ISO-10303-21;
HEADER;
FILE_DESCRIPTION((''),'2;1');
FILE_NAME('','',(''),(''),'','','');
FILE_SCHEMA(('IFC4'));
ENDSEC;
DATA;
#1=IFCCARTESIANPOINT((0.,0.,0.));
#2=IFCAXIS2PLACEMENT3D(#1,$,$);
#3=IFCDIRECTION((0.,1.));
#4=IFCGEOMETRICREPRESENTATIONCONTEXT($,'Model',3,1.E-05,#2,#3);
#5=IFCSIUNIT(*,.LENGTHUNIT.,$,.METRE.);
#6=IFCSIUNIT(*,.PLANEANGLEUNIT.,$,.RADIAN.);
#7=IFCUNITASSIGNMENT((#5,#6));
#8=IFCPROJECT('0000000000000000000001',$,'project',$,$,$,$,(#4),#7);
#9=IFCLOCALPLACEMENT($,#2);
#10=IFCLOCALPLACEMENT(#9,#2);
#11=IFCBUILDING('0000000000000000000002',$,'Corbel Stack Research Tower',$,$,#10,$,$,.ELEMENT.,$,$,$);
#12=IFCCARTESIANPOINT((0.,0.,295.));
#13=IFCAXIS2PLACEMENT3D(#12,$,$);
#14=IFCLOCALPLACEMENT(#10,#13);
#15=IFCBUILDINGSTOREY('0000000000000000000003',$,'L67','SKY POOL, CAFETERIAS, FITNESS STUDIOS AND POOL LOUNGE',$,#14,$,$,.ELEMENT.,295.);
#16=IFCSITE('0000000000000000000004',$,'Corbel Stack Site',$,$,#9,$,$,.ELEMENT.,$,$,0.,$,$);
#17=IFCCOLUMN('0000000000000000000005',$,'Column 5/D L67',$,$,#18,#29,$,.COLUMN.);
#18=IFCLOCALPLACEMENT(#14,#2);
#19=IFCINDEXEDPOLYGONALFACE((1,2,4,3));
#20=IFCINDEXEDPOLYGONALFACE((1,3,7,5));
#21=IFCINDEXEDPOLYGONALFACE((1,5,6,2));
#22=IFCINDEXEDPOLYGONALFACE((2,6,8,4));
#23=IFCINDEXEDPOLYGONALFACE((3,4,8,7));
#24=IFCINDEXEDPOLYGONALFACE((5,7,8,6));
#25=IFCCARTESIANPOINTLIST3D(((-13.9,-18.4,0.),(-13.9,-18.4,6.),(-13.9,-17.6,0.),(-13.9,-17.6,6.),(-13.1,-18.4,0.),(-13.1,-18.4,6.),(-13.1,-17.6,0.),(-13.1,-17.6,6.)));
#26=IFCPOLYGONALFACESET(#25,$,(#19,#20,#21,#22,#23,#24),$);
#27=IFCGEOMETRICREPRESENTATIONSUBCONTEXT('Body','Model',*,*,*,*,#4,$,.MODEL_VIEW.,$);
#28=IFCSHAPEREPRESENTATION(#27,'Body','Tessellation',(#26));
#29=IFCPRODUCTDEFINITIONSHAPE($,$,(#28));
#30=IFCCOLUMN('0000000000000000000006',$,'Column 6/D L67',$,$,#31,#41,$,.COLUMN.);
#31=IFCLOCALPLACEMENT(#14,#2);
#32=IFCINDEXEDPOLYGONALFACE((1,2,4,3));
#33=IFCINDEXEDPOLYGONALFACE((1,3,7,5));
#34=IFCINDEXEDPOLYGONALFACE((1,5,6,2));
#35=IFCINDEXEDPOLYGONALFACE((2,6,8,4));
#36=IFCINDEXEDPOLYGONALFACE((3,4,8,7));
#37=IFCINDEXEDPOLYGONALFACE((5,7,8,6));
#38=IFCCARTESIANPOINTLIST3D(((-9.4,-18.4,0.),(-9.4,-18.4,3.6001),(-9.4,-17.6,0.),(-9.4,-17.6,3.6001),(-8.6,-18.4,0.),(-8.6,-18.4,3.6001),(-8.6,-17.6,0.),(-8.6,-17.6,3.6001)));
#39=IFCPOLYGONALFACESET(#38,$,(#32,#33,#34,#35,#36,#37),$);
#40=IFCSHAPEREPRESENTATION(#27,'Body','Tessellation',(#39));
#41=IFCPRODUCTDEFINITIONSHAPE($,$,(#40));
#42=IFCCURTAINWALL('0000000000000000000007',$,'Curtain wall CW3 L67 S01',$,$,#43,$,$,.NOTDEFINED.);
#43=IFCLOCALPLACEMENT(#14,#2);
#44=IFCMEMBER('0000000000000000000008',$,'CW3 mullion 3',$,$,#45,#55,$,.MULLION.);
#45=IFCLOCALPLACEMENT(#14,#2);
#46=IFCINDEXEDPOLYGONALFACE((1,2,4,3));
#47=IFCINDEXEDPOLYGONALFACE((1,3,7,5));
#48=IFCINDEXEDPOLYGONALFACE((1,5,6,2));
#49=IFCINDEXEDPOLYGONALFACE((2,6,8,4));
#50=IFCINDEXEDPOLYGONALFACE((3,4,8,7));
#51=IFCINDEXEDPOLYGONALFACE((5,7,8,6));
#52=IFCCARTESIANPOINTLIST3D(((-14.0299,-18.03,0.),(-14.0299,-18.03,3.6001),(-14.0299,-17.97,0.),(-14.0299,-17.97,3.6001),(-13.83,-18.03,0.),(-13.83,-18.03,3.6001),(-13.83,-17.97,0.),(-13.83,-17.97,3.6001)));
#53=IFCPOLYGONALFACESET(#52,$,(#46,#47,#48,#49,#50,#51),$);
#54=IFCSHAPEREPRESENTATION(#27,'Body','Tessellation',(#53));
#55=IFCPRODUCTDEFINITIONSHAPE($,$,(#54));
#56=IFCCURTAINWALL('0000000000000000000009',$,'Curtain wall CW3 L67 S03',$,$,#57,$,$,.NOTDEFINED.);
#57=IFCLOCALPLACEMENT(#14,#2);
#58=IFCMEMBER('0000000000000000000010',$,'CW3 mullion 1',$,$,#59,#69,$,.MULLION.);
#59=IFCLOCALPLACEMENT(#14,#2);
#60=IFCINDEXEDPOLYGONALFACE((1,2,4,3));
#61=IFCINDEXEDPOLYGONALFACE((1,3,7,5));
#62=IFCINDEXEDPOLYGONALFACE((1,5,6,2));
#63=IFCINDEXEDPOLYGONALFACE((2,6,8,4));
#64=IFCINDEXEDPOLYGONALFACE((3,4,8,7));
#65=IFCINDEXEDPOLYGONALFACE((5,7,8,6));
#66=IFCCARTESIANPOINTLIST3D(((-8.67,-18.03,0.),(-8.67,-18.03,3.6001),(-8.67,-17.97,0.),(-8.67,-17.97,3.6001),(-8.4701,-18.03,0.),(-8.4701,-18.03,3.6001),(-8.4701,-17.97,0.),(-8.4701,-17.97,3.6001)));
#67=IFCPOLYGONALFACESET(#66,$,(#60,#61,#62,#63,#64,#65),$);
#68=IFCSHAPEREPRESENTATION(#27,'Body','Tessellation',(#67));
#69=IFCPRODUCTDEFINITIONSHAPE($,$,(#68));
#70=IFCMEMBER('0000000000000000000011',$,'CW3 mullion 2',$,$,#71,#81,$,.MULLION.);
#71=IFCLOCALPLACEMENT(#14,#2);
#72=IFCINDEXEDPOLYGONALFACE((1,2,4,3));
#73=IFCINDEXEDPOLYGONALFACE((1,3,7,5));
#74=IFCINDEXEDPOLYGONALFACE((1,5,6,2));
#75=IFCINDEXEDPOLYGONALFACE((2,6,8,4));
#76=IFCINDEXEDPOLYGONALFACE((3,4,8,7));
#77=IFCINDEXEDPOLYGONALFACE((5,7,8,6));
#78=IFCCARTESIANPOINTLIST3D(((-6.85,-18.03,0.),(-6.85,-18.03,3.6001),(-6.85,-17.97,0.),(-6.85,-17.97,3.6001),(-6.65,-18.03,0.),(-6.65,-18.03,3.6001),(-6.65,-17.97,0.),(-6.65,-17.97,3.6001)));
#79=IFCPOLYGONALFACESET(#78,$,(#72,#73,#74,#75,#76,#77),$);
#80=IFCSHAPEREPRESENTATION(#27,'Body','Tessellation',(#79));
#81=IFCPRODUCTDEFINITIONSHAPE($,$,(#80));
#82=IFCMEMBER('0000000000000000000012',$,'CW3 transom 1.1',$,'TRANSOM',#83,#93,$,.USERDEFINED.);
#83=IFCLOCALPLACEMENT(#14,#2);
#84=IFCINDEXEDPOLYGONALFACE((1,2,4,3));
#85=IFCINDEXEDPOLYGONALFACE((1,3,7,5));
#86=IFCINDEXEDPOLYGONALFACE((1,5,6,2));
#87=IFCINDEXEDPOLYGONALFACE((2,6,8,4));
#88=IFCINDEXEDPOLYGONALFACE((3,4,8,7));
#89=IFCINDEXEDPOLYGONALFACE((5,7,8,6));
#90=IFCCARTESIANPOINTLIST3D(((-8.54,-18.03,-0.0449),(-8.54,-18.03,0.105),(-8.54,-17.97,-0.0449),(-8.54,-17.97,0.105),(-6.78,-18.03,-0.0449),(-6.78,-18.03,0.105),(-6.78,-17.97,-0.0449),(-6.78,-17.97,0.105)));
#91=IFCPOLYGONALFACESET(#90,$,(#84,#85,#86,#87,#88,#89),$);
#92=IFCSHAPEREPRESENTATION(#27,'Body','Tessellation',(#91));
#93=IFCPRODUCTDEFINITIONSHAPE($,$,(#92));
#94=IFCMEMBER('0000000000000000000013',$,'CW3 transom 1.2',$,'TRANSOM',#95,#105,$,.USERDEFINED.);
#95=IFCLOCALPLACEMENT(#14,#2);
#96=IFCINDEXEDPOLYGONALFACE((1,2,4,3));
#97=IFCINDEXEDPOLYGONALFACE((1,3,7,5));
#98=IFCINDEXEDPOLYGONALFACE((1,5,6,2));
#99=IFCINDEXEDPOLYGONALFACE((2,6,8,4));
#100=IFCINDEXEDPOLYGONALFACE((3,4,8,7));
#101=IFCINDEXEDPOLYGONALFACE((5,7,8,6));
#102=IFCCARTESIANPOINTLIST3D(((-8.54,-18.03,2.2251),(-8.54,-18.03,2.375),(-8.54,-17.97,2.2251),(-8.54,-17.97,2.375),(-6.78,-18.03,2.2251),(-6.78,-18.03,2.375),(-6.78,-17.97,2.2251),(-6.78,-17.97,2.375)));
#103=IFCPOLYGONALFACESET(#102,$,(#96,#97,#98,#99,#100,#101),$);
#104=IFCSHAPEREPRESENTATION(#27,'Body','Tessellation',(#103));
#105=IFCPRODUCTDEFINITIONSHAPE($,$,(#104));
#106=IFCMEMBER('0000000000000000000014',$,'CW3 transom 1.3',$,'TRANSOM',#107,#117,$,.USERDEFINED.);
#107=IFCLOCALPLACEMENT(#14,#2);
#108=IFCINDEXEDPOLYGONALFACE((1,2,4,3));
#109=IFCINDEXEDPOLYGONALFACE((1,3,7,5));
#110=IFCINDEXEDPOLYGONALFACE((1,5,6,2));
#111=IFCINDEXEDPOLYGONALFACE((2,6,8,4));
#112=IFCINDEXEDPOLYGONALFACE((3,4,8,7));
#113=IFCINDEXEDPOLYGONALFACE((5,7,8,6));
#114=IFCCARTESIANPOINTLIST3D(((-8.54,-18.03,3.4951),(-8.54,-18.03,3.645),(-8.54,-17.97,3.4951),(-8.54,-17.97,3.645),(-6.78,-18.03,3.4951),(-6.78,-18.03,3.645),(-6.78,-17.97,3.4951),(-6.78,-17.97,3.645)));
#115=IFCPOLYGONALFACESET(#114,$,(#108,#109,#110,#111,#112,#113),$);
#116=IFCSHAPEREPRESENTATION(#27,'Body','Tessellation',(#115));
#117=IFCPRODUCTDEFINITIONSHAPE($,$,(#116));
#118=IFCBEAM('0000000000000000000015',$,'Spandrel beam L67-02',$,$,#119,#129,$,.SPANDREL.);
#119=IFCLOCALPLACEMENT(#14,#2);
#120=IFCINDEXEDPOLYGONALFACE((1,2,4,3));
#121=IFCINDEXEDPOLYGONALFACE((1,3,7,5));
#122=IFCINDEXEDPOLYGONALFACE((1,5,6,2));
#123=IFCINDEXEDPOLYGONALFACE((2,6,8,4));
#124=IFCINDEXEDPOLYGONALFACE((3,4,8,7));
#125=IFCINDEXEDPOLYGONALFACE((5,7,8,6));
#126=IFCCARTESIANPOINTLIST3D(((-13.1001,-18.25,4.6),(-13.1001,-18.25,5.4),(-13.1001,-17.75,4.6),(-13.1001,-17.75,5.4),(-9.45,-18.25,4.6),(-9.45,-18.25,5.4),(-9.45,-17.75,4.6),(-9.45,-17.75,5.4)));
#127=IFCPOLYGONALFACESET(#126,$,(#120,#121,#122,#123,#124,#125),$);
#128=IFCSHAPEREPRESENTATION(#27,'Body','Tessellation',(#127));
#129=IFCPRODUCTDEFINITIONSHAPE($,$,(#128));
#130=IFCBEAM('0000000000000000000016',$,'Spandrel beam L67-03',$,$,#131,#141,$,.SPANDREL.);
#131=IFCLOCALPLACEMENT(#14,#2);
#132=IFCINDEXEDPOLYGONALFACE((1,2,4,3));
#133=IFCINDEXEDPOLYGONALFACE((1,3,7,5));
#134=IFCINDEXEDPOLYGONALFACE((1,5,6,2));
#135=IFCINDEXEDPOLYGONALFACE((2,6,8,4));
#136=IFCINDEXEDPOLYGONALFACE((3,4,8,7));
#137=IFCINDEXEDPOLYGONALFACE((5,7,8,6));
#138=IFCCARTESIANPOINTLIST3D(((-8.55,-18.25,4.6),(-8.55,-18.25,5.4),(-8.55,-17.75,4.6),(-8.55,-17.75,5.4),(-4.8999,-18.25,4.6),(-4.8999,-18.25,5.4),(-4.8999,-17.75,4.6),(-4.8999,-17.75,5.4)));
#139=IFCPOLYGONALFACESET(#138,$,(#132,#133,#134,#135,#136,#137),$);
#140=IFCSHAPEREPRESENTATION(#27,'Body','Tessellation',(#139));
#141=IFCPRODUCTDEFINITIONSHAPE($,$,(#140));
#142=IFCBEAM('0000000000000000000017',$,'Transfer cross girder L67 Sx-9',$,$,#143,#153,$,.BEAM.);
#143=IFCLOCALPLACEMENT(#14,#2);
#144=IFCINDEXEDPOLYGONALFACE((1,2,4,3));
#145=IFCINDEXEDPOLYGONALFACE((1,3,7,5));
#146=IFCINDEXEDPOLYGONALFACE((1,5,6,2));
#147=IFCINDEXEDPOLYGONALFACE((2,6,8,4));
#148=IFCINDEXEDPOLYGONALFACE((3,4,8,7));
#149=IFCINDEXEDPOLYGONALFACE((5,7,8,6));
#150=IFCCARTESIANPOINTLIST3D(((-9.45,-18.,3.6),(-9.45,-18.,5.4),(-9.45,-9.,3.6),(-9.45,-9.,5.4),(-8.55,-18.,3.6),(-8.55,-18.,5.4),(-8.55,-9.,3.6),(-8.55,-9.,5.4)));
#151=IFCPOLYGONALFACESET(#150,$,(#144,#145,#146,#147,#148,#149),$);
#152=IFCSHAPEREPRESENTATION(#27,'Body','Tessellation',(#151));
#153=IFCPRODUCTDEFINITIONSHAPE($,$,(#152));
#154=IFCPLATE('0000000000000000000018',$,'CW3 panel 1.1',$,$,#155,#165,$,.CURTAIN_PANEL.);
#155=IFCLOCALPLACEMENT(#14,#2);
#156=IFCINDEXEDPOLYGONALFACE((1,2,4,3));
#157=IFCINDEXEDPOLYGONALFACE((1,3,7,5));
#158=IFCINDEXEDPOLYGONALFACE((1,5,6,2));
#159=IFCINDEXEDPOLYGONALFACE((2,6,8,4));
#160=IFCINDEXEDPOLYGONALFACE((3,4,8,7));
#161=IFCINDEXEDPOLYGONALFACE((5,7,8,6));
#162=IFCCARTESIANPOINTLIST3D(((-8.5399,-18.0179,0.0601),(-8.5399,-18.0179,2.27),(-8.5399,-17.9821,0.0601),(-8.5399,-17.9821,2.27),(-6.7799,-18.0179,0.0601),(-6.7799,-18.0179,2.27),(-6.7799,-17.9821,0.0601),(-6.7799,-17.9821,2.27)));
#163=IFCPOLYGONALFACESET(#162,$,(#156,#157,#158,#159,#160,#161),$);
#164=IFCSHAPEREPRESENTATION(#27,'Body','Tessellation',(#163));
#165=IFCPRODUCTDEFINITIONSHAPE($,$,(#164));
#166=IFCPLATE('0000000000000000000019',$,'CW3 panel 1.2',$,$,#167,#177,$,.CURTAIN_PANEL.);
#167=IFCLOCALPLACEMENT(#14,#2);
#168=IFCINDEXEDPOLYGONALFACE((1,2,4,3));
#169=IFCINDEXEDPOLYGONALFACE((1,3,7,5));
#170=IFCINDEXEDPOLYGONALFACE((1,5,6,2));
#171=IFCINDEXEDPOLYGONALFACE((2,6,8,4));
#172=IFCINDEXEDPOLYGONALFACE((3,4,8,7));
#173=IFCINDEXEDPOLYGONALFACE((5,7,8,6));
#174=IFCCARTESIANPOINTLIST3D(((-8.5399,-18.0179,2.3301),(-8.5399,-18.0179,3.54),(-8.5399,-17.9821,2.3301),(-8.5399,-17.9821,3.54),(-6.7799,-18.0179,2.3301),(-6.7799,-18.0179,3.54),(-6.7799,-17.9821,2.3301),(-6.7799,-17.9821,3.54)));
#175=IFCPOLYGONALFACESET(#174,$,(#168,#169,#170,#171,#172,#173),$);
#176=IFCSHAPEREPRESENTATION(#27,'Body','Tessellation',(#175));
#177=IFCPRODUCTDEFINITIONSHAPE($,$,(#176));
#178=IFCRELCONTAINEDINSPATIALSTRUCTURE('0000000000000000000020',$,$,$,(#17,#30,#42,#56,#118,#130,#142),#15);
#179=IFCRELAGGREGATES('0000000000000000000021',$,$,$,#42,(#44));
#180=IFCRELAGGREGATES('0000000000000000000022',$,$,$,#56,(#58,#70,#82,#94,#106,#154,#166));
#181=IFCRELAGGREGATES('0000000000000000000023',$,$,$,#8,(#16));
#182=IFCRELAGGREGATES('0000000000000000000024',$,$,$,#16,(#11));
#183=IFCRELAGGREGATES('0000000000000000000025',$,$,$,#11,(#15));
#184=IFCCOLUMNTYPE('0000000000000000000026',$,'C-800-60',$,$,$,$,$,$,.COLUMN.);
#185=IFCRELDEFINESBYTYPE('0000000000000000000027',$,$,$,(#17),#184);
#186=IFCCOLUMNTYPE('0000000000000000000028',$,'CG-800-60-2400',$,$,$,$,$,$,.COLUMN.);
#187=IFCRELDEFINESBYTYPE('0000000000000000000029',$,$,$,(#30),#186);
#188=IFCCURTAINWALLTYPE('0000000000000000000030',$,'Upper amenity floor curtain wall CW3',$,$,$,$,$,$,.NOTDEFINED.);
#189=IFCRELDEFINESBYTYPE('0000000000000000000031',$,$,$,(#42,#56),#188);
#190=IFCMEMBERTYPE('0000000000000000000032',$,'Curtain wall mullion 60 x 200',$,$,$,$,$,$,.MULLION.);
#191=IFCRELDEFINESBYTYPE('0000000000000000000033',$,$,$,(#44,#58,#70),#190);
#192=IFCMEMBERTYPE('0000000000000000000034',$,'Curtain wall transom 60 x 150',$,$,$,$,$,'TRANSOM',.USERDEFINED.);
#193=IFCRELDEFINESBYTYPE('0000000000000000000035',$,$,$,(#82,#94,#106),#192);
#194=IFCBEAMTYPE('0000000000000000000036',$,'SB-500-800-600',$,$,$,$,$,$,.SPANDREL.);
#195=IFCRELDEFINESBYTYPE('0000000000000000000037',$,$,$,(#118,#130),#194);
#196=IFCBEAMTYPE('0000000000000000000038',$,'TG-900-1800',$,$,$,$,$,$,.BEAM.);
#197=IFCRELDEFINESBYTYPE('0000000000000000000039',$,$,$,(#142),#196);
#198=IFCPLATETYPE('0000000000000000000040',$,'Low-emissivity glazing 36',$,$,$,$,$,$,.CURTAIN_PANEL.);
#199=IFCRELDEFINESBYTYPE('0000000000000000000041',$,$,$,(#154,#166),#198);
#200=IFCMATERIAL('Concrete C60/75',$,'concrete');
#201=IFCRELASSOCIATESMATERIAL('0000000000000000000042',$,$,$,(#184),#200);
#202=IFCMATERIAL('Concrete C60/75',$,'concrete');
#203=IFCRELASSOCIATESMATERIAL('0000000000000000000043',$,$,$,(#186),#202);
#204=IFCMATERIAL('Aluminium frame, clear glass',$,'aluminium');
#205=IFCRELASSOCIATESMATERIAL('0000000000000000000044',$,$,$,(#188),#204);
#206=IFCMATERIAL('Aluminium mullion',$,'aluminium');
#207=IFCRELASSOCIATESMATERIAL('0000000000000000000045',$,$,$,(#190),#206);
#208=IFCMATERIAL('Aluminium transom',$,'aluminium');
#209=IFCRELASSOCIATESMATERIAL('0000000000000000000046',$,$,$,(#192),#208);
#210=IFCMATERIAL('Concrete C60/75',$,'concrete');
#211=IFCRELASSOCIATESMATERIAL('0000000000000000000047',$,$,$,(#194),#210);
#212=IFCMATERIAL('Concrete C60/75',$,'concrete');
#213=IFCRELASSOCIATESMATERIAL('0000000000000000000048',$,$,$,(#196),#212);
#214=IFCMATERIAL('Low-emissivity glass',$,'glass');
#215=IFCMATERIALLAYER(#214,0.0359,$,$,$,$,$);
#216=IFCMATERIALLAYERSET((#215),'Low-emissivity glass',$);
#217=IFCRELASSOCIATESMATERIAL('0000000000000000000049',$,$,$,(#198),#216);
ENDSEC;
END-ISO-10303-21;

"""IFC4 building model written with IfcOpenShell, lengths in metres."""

from ifc_helpers import new_model, si_unit, direction, frame, origin, origin_2d, place, context, subcontext, project, spatial, rectangle, extrude, material, layer, layer_set, material_profile, profile_set, type_object, element, aggregate, save


model = new_model("IFC4")

# Units and contexts
model_context = context("Model", 3, precision=1e-05, world=origin(), true_north=direction((0.0, 1.0)))
body_context = subcontext(model_context, "Body", "Model", "MODEL_VIEW")
ifc_project = project(units=[si_unit("LENGTHUNIT", "METRE"), si_unit("PLANEANGLEUNIT", "RADIAN")], contexts=[model_context])

# Site, building, storey
site_placement = place(None, origin())
site = spatial("IfcSite", under=ifc_project, at=site_placement, Name="Corbel Stack Site", CompositionType="ELEMENT", RefElevation=0.0)
building_placement = place(site_placement, origin())
building = spatial("IfcBuilding", under=site, at=building_placement, Name="Corbel Stack Research Tower", CompositionType="ELEMENT")
storey_placement = place(building_placement, frame((0.0, 0.0, 295.0)))
storey = spatial("IfcBuildingStorey", under=building, at=storey_placement, Name="L67", Description="SKY POOL, CAFETERIAS, FITNESS STUDIOS AND POOL LOUNGE", CompositionType="ELEMENT", Elevation=295.0)

# Columns
ifc_material_1 = material(Name="Concrete C60/75", Category="concrete")
ifc_material_profile_1 = material_profile(ifc_material_1, rectangle(XDim=0.8, YDim=0.8, at=origin_2d()), Name="RC 800 x 800")
ifc_profile_set_1 = profile_set([ifc_material_profile_1], Name="Concrete C60/75")
column_type_1 = type_object("IfcColumnType", Name="C-800-60", PredefinedType="COLUMN", material=ifc_profile_set_1)
column_1_placement = place(storey_placement, frame((-13.5, -18.0, 0.0), z_axis=(0.0, 0.0, 1.0), x_axis=(1.0, 0.0, 0.0)))
element("IfcColumn", 1, at=column_1_placement, inside=storey, type_object=column_type_1, Name="Column 5/D L67", PredefinedType="COLUMN", context=body_context, shape_type="SweptSolid", body=[
    extrude(rectangle(XDim=0.8, YDim=0.8, at=origin_2d()), origin(), (0.0, 0.0, 1.0), 6.0),
])
ifc_material_2 = material(Name="Concrete C60/75", Category="concrete")
ifc_material_profile_2 = material_profile(ifc_material_2, rectangle(XDim=0.8, YDim=0.8, at=origin_2d()), Name="RC 800 x 800")
ifc_profile_set_2 = profile_set([ifc_material_profile_2], Name="Concrete C60/75")
column_type_2 = type_object("IfcColumnType", Name="CG-800-60-2400", PredefinedType="COLUMN", material=ifc_profile_set_2)
column_2_placement = place(storey_placement, frame((-9.0, -18.0, 0.0), z_axis=(0.0, 0.0, 1.0), x_axis=(1.0, 0.0, 0.0)))
element("IfcColumn", 2, at=column_2_placement, inside=storey, type_object=column_type_2, Name="Column 6/D L67", PredefinedType="COLUMN", context=body_context, shape_type="SweptSolid", body=[
    extrude(rectangle(XDim=0.8, YDim=0.8, at=origin_2d()), origin(), (0.0, 0.0, 1.0), 3.6001),
])

# Curtain wall, member
ifc_material_3 = material(Name="Aluminium frame, clear glass", Category="aluminium")
curtain_wall_type = type_object("IfcCurtainWallType", Name="Upper amenity floor curtain wall CW3", PredefinedType="NOTDEFINED", material=ifc_material_3)
curtain_wall_1_placement = place(storey_placement, origin())
curtain_wall_1 = element("IfcCurtainWall", 3, at=curtain_wall_1_placement, inside=storey, type_object=curtain_wall_type, Name="Curtain wall CW3 L67 S01", PredefinedType="NOTDEFINED")
ifc_material_4 = material(Name="Aluminium mullion", Category="aluminium")
ifc_material_profile_3 = material_profile(ifc_material_4, rectangle(XDim=0.0601, YDim=0.2, at=origin_2d()), Name="Mullion 60 x 200")
ifc_profile_set_3 = profile_set([ifc_material_profile_3], Name="Aluminium mullion")
member_type_1 = type_object("IfcMemberType", Name="Curtain wall mullion 60 x 200", PredefinedType="MULLION", material=ifc_profile_set_3)
member_1_placement = place(storey_placement, frame((-13.9299, -18.0, 0.0), z_axis=(0.0, 0.0, 1.0), x_axis=(0.0, 1.0, 0.0)))
member_1 = element("IfcMember", 4, at=member_1_placement, type_object=member_type_1, Name="CW3 mullion 3", PredefinedType="MULLION", context=body_context, shape_type="SweptSolid", body=[
    extrude(rectangle(XDim=0.0601, YDim=0.2, at=origin_2d()), origin(), (0.0, 0.0, 1.0), 3.6001),
])
aggregate(curtain_wall_1, [member_1])

# Curtain wall, members
curtain_wall_2_placement = place(storey_placement, origin())
curtain_wall_2 = element("IfcCurtainWall", 5, at=curtain_wall_2_placement, inside=storey, type_object=curtain_wall_type, Name="Curtain wall CW3 L67 S03", PredefinedType="NOTDEFINED")
member_2_placement = place(storey_placement, frame((-8.5701, -18.0, 0.0), z_axis=(0.0, 0.0, 1.0), x_axis=(0.0, 1.0, 0.0)))
member_2 = element("IfcMember", 6, at=member_2_placement, type_object=member_type_1, Name="CW3 mullion 1", PredefinedType="MULLION", context=body_context, shape_type="SweptSolid", body=[
    extrude(rectangle(XDim=0.0601, YDim=0.2, at=origin_2d()), origin(), (0.0, 0.0, 1.0), 3.6001),
])
member_3_placement = place(storey_placement, frame((-6.75, -18.0, 0.0), z_axis=(0.0, 0.0, 1.0), x_axis=(0.0, 1.0, 0.0)))
member_3 = element("IfcMember", 7, at=member_3_placement, type_object=member_type_1, Name="CW3 mullion 2", PredefinedType="MULLION", context=body_context, shape_type="SweptSolid", body=[
    extrude(rectangle(XDim=0.0601, YDim=0.2, at=origin_2d()), origin(), (0.0, 0.0, 1.0), 3.6001),
])
ifc_material_5 = material(Name="Aluminium transom", Category="aluminium")
ifc_material_profile_4 = material_profile(ifc_material_5, rectangle(XDim=0.0601, YDim=0.1499, at=origin_2d()), Name="Transom 60 x 150")
ifc_profile_set_4 = profile_set([ifc_material_profile_4], Name="Aluminium transom")
member_type_2 = type_object("IfcMemberType", Name="Curtain wall transom 60 x 150", ElementType="TRANSOM", PredefinedType="USERDEFINED", material=ifc_profile_set_4)
member_4_placement = place(storey_placement, frame((-8.54, -18.0, 0.03), z_axis=(1.0, 0.0, 0.0), x_axis=(0.0, 1.0, 0.0)))
member_4 = element("IfcMember", 8, at=member_4_placement, type_object=member_type_2, Name="CW3 transom 1.1", ObjectType="TRANSOM", PredefinedType="USERDEFINED", context=body_context, shape_type="SweptSolid", body=[
    extrude(rectangle(XDim=0.0601, YDim=0.1499, at=origin_2d()), origin(), (0.0, 0.0, 1.0), 1.76),
])
member_5_placement = place(storey_placement, frame((-8.54, -18.0, 2.3), z_axis=(1.0, 0.0, 0.0), x_axis=(0.0, 1.0, 0.0)))
member_5 = element("IfcMember", 9, at=member_5_placement, type_object=member_type_2, Name="CW3 transom 1.2", ObjectType="TRANSOM", PredefinedType="USERDEFINED", context=body_context, shape_type="SweptSolid", body=[
    extrude(rectangle(XDim=0.0601, YDim=0.1499, at=origin_2d()), origin(), (0.0, 0.0, 1.0), 1.76),
])
member_6_placement = place(storey_placement, frame((-8.54, -18.0, 3.5701), z_axis=(1.0, 0.0, 0.0), x_axis=(0.0, 1.0, 0.0)))
member_6 = element("IfcMember", 10, at=member_6_placement, type_object=member_type_2, Name="CW3 transom 1.3", ObjectType="TRANSOM", PredefinedType="USERDEFINED", context=body_context, shape_type="SweptSolid", body=[
    extrude(rectangle(XDim=0.0601, YDim=0.1499, at=origin_2d()), origin(), (0.0, 0.0, 1.0), 1.76),
])

# Beams
ifc_material_6 = material(Name="Concrete C60/75", Category="concrete")
ifc_material_profile_5 = material_profile(ifc_material_6, rectangle(XDim=0.5, YDim=0.8, at=origin_2d()), Name="RC 500 x 800")
ifc_profile_set_5 = profile_set([ifc_material_profile_5], Name="Concrete C60/75")
beam_type_1 = type_object("IfcBeamType", Name="SB-500-800-600", PredefinedType="SPANDREL", material=ifc_profile_set_5)
for number, where, z_axis, x_axis, name in (
    (11, (-13.1001, -18.0, 5.0), (1.0, 0.0, 0.0), (0.0, 1.0, 0.0), "Spandrel beam L67-02"),
    (12, (-8.55, -18.0, 5.0), (1.0, 0.0, 0.0), (0.0, 1.0, 0.0), "Spandrel beam L67-03"),
):
    element("IfcBeam", number, at=place(storey_placement, frame(where, z_axis=z_axis, x_axis=x_axis)), inside=storey, type_object=beam_type_1, Name=name, PredefinedType="SPANDREL", context=body_context, shape_type="SweptSolid", body=[
        extrude(rectangle(XDim=0.5, YDim=0.8, at=origin_2d()), origin(), (0.0, 0.0, 1.0), 3.6501),
    ])
ifc_material_7 = material(Name="Concrete C60/75", Category="concrete")
ifc_material_profile_6 = material_profile(ifc_material_7, rectangle(XDim=0.8999, YDim=1.8, at=origin_2d()), Name="RC 900 x 1800")
ifc_profile_set_6 = profile_set([ifc_material_profile_6], Name="Concrete C60/75")
beam_type_2 = type_object("IfcBeamType", Name="TG-900-1800", PredefinedType="BEAM", material=ifc_profile_set_6)
beam_placement = place(storey_placement, frame((-9.0, -18.0, 4.5), z_axis=(0.0, 1.0, 0.0), x_axis=(-1.0, 0.0, 0.0)))
element("IfcBeam", 13, at=beam_placement, inside=storey, type_object=beam_type_2, Name="Transfer cross girder L67 Sx-9", PredefinedType="BEAM", context=body_context, shape_type="SweptSolid", body=[
    extrude(rectangle(XDim=0.8999, YDim=1.8, at=origin_2d()), origin(), (0.0, 0.0, 1.0), 9.0),
])

# Plates
ifc_material_8 = material(Name="Low-emissivity glass", Category="glass")
ifc_layer_1 = layer(ifc_material_8, 0.0359)
ifc_layer_set_1 = layer_set([ifc_layer_1], Name="Low-emissivity glass")
plate_type = type_object("IfcPlateType", Name="Low-emissivity glazing 36", PredefinedType="CURTAIN_PANEL", material=ifc_layer_set_1)
plate_1_placement = place(storey_placement, frame((-7.6599, -18.0, 0.0601), z_axis=(0.0, 0.0, 1.0), x_axis=(1.0, 0.0, 0.0)))
plate_1 = element("IfcPlate", 14, at=plate_1_placement, type_object=plate_type, Name="CW3 panel 1.1", PredefinedType="CURTAIN_PANEL", context=body_context, shape_type="SweptSolid", body=[
    extrude(rectangle(XDim=1.76, YDim=0.0359, at=origin_2d()), origin(), (0.0, 0.0, 1.0), 2.21),
])
plate_2_placement = place(storey_placement, frame((-7.6599, -18.0, 2.3301), z_axis=(0.0, 0.0, 1.0), x_axis=(1.0, 0.0, 0.0)))
plate_2 = element("IfcPlate", 15, at=plate_2_placement, type_object=plate_type, Name="CW3 panel 1.2", PredefinedType="CURTAIN_PANEL", context=body_context, shape_type="SweptSolid", body=[
    extrude(rectangle(XDim=1.76, YDim=0.0359, at=origin_2d()), origin(), (0.0, 0.0, 1.0), 1.21),
])
aggregate(curtain_wall_2, [member_2, member_3, member_4, member_5, member_6, plate_1, plate_2])

save(model, "model.ifc")
